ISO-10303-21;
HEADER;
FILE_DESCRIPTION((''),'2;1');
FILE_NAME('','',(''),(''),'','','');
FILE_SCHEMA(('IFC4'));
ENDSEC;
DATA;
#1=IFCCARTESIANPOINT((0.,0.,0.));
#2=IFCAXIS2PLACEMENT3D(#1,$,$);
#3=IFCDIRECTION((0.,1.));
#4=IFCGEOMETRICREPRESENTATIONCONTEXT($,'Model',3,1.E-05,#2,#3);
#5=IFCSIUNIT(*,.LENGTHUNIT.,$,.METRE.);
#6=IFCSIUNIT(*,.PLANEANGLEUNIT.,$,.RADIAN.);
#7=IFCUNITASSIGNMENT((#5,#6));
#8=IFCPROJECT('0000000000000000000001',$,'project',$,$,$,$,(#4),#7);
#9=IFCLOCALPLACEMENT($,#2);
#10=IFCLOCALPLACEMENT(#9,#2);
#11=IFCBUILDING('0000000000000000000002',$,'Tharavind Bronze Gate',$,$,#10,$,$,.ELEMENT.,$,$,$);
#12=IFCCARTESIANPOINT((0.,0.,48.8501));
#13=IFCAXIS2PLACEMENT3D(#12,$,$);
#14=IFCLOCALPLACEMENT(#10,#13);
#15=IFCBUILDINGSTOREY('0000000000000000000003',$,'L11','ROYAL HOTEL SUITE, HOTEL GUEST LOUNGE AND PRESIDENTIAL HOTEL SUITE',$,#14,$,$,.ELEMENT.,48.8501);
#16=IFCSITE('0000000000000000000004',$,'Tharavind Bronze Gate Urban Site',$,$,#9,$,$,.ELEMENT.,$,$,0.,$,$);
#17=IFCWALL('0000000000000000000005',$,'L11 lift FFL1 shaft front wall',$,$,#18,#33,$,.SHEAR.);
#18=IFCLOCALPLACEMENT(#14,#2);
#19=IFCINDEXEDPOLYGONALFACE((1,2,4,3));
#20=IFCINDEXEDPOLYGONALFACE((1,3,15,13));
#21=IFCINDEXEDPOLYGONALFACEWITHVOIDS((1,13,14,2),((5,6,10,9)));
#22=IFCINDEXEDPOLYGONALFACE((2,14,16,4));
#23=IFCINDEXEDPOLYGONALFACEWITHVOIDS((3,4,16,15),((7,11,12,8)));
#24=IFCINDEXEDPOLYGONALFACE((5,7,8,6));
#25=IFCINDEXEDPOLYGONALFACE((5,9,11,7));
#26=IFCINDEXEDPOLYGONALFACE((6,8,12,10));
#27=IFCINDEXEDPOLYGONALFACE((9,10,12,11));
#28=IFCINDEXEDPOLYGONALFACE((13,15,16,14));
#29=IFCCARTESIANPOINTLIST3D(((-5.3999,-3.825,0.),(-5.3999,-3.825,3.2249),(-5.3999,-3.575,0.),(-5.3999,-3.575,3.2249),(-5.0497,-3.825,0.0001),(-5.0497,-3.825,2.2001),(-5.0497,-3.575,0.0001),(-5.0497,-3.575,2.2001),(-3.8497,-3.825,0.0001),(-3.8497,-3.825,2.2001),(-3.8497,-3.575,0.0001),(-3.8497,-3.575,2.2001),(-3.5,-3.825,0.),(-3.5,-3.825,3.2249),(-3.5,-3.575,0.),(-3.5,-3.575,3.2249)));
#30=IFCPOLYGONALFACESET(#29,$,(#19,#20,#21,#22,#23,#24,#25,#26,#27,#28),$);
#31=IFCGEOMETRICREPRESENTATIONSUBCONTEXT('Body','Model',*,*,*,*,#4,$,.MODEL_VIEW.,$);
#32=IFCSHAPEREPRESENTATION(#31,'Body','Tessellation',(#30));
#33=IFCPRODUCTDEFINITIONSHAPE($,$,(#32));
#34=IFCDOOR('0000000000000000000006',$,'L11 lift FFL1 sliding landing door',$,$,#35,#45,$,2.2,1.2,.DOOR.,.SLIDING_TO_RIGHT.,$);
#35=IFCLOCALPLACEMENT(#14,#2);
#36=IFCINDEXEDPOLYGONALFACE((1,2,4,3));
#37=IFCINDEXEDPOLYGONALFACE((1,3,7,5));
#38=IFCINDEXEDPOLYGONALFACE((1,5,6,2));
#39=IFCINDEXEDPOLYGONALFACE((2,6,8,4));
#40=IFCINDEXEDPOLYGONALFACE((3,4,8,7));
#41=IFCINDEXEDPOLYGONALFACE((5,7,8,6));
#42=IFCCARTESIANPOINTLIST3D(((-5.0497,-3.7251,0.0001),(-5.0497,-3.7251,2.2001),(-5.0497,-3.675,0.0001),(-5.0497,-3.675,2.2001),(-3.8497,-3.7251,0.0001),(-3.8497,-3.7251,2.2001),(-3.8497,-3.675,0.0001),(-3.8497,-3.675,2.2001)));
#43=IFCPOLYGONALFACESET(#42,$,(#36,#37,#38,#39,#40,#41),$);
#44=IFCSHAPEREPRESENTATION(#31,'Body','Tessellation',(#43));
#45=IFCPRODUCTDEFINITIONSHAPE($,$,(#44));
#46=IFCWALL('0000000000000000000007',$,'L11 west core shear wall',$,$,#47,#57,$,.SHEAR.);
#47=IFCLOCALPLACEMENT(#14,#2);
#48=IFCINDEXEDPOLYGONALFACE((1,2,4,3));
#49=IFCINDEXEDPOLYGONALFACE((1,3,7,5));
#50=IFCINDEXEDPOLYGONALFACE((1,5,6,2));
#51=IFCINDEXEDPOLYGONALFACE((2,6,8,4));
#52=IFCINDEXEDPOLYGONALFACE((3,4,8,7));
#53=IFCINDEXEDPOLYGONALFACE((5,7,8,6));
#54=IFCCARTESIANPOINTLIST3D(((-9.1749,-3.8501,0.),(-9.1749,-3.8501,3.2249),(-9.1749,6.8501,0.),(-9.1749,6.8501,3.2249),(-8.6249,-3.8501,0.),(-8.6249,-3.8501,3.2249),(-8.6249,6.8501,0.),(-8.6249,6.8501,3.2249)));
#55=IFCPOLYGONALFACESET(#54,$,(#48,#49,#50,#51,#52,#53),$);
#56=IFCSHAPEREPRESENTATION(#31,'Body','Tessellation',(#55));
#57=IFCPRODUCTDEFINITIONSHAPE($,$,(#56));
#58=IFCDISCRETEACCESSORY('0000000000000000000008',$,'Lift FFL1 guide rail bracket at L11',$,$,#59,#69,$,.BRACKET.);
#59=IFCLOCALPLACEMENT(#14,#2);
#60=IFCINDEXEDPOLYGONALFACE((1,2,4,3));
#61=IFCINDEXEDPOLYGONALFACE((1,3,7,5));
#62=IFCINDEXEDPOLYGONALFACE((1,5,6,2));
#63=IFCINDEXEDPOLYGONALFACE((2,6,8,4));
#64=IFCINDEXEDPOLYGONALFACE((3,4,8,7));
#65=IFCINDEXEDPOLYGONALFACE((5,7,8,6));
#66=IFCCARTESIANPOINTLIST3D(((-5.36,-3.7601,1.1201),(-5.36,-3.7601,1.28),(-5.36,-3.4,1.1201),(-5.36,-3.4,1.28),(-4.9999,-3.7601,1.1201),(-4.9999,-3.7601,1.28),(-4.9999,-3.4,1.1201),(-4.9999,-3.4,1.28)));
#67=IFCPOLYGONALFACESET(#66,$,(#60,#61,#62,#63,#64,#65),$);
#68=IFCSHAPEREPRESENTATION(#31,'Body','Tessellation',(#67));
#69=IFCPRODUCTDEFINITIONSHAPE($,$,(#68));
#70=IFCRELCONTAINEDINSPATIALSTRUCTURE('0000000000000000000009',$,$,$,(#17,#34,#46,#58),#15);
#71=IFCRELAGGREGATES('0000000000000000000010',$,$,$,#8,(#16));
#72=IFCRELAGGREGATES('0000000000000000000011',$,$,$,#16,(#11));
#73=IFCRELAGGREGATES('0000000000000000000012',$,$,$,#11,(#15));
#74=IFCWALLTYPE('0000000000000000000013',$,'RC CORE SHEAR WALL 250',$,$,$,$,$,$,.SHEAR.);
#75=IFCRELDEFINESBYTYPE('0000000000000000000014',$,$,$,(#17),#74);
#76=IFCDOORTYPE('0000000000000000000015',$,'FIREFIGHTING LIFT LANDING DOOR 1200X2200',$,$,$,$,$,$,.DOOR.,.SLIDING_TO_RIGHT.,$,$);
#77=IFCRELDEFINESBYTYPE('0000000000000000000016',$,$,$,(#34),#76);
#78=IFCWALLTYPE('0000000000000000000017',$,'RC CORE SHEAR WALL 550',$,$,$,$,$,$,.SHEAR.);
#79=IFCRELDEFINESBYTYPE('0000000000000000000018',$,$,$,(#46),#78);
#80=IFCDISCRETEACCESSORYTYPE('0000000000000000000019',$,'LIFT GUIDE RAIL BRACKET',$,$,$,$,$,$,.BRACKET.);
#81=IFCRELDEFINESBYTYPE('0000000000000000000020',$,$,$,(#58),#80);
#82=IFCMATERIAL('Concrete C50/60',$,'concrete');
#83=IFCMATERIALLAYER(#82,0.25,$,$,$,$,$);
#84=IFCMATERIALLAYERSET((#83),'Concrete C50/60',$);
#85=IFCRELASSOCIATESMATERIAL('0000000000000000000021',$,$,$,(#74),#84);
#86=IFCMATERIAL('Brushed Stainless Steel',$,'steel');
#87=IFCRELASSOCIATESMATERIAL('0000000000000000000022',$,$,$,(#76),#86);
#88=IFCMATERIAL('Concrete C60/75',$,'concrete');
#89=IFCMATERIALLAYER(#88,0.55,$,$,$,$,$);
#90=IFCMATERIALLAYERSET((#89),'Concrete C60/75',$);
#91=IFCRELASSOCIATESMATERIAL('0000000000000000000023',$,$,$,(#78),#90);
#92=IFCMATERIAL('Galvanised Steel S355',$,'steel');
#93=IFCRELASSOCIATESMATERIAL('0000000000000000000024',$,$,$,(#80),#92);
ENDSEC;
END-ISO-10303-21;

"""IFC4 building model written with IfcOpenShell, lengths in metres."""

from ifc_helpers import new_model, si_unit, direction, frame, frame_2d, origin, origin_2d, place, context, subcontext, project, spatial, rectangle, extrude, material, layer, layer_set, type_object, element, fill, save


model = new_model("IFC4")

# Units and contexts
model_context = context("Model", 3, precision=1e-05, world=origin(), true_north=direction((0.0, 1.0)))
body_context = subcontext(model_context, "Body", "Model", "MODEL_VIEW")
ifc_project = project(units=[si_unit("LENGTHUNIT", "METRE"), si_unit("PLANEANGLEUNIT", "RADIAN")], contexts=[model_context])

# Site, building, storey
site_placement = place(None, origin())
site = spatial("IfcSite", under=ifc_project, at=site_placement, Name="Tharavind Bronze Gate Urban Site", CompositionType="ELEMENT", RefElevation=0.0)
building_placement = place(site_placement, origin())
building = spatial("IfcBuilding", under=site, at=building_placement, Name="Tharavind Bronze Gate", CompositionType="ELEMENT")
storey_placement = place(building_placement, frame((0.0, 0.0, 48.8501)))
storey = spatial("IfcBuildingStorey", under=building, at=storey_placement, Name="L11", Description="ROYAL HOTEL SUITE, HOTEL GUEST LOUNGE AND PRESIDENTIAL HOTEL SUITE", CompositionType="ELEMENT", Elevation=48.8501)

# Shared definitions
ifc_material_1 = material(Name="Concrete C50/60", Category="concrete")
ifc_layer_1 = layer(ifc_material_1, 0.25)
ifc_layer_set_1 = layer_set([ifc_layer_1], Name="Concrete C50/60")
wall_type_1 = type_object("IfcWallType", Name="RC CORE SHEAR WALL 250", PredefinedType="SHEAR", material=ifc_layer_set_1)

# Wall, opening, door
wall_1_placement = place(storey_placement, frame((-5.3999, -3.7, 0.0), z_axis=(0.0, 0.0, 1.0), x_axis=(1.0, 0.0, 0.0)))
wall_1 = element("IfcWall", 1, at=wall_1_placement, inside=storey, type_object=wall_type_1, Name="L11 lift FFL1 shaft front wall", PredefinedType="SHEAR", context=body_context, shape_type="SweptSolid", body=[
    extrude(rectangle(XDim=1.8999, YDim=0.25, at=frame_2d((0.95, 0.0))), origin(), (0.0, 0.0, 1.0), 3.2249),
])
opening_1_placement = place(wall_1_placement, frame((0.3501, 0.0, 0.0)))
opening_1 = element("IfcOpeningElement", 2, at=opening_1_placement, cuts=wall_1, PredefinedType="OPENING", context=body_context, shape_type="SweptSolid", body=[
    extrude(rectangle(XDim=1.2, YDim=2.2, at=frame_2d((0.6001, 1.1001))), frame((0.0, 0.135, 0.0), z_axis=(0.0, -1.0, 0.0), x_axis=(1.0, 0.0, 0.0)), (0.0, 0.0, 1.0), 0.27),
])
ifc_material_2 = material(Name="Brushed Stainless Steel", Category="steel")
door_type_1 = type_object("IfcDoorType", Name="FIREFIGHTING LIFT LANDING DOOR 1200X2200", OperationType="SLIDING_TO_RIGHT", PredefinedType="DOOR", material=ifc_material_2)
door_1_placement = place(opening_1_placement, origin())
door_1 = element("IfcDoor", 3, at=door_1_placement, inside=storey, type_object=door_type_1, Name="L11 lift FFL1 sliding landing door", OperationType="SLIDING_TO_RIGHT", OverallHeight=2.2, OverallWidth=1.2, PredefinedType="DOOR", context=body_context, shape_type="SweptSolid", body=[
    extrude(rectangle(XDim=1.2, YDim=2.2, at=frame_2d((0.6001, 1.1001))), frame((0.0, 0.0249, 0.0), z_axis=(0.0, -1.0, 0.0), x_axis=(1.0, 0.0, 0.0)), (0.0, 0.0, 1.0), 0.05),
])
fill(opening_1, door_1)

# Wall
ifc_material_3 = material(Name="Concrete C60/75", Category="concrete")
ifc_layer_2 = layer(ifc_material_3, 0.55)
ifc_layer_set_2 = layer_set([ifc_layer_2], Name="Concrete C60/75")
wall_type_2 = type_object("IfcWallType", Name="RC CORE SHEAR WALL 550", PredefinedType="SHEAR", material=ifc_layer_set_2)
wall_2_placement = place(storey_placement, frame((-8.8999, -3.8501, 0.0), z_axis=(0.0, 0.0, 1.0), x_axis=(0.0, 1.0, 0.0)))
element("IfcWall", 4, at=wall_2_placement, inside=storey, type_object=wall_type_2, Name="L11 west core shear wall", PredefinedType="SHEAR", context=body_context, shape_type="SweptSolid", body=[
    extrude(rectangle(XDim=10.7002, YDim=0.55, at=frame_2d((5.3501, 0.0))), origin(), (0.0, 0.0, 1.0), 3.2249),
])

# Discrete accessory
ifc_material_4 = material(Name="Galvanised Steel S355", Category="steel")
discrete_accessory_type = type_object("IfcDiscreteAccessoryType", Name="LIFT GUIDE RAIL BRACKET", PredefinedType="BRACKET", material=ifc_material_4)
discrete_accessory_placement = place(storey_placement, frame((-5.1799, -3.5801, 1.1201), z_axis=(0.0, 0.0, 1.0), x_axis=(1.0, 0.0, 0.0)))
element("IfcDiscreteAccessory", 5, at=discrete_accessory_placement, inside=storey, type_object=discrete_accessory_type, Name="Lift FFL1 guide rail bracket at L11", PredefinedType="BRACKET", context=body_context, shape_type="SweptSolid", body=[
    extrude(rectangle(XDim=0.3601, YDim=0.3601, at=origin_2d()), origin(), (0.0, 0.0, 1.0), 0.1599),
])

save(model, "model.ifc")
